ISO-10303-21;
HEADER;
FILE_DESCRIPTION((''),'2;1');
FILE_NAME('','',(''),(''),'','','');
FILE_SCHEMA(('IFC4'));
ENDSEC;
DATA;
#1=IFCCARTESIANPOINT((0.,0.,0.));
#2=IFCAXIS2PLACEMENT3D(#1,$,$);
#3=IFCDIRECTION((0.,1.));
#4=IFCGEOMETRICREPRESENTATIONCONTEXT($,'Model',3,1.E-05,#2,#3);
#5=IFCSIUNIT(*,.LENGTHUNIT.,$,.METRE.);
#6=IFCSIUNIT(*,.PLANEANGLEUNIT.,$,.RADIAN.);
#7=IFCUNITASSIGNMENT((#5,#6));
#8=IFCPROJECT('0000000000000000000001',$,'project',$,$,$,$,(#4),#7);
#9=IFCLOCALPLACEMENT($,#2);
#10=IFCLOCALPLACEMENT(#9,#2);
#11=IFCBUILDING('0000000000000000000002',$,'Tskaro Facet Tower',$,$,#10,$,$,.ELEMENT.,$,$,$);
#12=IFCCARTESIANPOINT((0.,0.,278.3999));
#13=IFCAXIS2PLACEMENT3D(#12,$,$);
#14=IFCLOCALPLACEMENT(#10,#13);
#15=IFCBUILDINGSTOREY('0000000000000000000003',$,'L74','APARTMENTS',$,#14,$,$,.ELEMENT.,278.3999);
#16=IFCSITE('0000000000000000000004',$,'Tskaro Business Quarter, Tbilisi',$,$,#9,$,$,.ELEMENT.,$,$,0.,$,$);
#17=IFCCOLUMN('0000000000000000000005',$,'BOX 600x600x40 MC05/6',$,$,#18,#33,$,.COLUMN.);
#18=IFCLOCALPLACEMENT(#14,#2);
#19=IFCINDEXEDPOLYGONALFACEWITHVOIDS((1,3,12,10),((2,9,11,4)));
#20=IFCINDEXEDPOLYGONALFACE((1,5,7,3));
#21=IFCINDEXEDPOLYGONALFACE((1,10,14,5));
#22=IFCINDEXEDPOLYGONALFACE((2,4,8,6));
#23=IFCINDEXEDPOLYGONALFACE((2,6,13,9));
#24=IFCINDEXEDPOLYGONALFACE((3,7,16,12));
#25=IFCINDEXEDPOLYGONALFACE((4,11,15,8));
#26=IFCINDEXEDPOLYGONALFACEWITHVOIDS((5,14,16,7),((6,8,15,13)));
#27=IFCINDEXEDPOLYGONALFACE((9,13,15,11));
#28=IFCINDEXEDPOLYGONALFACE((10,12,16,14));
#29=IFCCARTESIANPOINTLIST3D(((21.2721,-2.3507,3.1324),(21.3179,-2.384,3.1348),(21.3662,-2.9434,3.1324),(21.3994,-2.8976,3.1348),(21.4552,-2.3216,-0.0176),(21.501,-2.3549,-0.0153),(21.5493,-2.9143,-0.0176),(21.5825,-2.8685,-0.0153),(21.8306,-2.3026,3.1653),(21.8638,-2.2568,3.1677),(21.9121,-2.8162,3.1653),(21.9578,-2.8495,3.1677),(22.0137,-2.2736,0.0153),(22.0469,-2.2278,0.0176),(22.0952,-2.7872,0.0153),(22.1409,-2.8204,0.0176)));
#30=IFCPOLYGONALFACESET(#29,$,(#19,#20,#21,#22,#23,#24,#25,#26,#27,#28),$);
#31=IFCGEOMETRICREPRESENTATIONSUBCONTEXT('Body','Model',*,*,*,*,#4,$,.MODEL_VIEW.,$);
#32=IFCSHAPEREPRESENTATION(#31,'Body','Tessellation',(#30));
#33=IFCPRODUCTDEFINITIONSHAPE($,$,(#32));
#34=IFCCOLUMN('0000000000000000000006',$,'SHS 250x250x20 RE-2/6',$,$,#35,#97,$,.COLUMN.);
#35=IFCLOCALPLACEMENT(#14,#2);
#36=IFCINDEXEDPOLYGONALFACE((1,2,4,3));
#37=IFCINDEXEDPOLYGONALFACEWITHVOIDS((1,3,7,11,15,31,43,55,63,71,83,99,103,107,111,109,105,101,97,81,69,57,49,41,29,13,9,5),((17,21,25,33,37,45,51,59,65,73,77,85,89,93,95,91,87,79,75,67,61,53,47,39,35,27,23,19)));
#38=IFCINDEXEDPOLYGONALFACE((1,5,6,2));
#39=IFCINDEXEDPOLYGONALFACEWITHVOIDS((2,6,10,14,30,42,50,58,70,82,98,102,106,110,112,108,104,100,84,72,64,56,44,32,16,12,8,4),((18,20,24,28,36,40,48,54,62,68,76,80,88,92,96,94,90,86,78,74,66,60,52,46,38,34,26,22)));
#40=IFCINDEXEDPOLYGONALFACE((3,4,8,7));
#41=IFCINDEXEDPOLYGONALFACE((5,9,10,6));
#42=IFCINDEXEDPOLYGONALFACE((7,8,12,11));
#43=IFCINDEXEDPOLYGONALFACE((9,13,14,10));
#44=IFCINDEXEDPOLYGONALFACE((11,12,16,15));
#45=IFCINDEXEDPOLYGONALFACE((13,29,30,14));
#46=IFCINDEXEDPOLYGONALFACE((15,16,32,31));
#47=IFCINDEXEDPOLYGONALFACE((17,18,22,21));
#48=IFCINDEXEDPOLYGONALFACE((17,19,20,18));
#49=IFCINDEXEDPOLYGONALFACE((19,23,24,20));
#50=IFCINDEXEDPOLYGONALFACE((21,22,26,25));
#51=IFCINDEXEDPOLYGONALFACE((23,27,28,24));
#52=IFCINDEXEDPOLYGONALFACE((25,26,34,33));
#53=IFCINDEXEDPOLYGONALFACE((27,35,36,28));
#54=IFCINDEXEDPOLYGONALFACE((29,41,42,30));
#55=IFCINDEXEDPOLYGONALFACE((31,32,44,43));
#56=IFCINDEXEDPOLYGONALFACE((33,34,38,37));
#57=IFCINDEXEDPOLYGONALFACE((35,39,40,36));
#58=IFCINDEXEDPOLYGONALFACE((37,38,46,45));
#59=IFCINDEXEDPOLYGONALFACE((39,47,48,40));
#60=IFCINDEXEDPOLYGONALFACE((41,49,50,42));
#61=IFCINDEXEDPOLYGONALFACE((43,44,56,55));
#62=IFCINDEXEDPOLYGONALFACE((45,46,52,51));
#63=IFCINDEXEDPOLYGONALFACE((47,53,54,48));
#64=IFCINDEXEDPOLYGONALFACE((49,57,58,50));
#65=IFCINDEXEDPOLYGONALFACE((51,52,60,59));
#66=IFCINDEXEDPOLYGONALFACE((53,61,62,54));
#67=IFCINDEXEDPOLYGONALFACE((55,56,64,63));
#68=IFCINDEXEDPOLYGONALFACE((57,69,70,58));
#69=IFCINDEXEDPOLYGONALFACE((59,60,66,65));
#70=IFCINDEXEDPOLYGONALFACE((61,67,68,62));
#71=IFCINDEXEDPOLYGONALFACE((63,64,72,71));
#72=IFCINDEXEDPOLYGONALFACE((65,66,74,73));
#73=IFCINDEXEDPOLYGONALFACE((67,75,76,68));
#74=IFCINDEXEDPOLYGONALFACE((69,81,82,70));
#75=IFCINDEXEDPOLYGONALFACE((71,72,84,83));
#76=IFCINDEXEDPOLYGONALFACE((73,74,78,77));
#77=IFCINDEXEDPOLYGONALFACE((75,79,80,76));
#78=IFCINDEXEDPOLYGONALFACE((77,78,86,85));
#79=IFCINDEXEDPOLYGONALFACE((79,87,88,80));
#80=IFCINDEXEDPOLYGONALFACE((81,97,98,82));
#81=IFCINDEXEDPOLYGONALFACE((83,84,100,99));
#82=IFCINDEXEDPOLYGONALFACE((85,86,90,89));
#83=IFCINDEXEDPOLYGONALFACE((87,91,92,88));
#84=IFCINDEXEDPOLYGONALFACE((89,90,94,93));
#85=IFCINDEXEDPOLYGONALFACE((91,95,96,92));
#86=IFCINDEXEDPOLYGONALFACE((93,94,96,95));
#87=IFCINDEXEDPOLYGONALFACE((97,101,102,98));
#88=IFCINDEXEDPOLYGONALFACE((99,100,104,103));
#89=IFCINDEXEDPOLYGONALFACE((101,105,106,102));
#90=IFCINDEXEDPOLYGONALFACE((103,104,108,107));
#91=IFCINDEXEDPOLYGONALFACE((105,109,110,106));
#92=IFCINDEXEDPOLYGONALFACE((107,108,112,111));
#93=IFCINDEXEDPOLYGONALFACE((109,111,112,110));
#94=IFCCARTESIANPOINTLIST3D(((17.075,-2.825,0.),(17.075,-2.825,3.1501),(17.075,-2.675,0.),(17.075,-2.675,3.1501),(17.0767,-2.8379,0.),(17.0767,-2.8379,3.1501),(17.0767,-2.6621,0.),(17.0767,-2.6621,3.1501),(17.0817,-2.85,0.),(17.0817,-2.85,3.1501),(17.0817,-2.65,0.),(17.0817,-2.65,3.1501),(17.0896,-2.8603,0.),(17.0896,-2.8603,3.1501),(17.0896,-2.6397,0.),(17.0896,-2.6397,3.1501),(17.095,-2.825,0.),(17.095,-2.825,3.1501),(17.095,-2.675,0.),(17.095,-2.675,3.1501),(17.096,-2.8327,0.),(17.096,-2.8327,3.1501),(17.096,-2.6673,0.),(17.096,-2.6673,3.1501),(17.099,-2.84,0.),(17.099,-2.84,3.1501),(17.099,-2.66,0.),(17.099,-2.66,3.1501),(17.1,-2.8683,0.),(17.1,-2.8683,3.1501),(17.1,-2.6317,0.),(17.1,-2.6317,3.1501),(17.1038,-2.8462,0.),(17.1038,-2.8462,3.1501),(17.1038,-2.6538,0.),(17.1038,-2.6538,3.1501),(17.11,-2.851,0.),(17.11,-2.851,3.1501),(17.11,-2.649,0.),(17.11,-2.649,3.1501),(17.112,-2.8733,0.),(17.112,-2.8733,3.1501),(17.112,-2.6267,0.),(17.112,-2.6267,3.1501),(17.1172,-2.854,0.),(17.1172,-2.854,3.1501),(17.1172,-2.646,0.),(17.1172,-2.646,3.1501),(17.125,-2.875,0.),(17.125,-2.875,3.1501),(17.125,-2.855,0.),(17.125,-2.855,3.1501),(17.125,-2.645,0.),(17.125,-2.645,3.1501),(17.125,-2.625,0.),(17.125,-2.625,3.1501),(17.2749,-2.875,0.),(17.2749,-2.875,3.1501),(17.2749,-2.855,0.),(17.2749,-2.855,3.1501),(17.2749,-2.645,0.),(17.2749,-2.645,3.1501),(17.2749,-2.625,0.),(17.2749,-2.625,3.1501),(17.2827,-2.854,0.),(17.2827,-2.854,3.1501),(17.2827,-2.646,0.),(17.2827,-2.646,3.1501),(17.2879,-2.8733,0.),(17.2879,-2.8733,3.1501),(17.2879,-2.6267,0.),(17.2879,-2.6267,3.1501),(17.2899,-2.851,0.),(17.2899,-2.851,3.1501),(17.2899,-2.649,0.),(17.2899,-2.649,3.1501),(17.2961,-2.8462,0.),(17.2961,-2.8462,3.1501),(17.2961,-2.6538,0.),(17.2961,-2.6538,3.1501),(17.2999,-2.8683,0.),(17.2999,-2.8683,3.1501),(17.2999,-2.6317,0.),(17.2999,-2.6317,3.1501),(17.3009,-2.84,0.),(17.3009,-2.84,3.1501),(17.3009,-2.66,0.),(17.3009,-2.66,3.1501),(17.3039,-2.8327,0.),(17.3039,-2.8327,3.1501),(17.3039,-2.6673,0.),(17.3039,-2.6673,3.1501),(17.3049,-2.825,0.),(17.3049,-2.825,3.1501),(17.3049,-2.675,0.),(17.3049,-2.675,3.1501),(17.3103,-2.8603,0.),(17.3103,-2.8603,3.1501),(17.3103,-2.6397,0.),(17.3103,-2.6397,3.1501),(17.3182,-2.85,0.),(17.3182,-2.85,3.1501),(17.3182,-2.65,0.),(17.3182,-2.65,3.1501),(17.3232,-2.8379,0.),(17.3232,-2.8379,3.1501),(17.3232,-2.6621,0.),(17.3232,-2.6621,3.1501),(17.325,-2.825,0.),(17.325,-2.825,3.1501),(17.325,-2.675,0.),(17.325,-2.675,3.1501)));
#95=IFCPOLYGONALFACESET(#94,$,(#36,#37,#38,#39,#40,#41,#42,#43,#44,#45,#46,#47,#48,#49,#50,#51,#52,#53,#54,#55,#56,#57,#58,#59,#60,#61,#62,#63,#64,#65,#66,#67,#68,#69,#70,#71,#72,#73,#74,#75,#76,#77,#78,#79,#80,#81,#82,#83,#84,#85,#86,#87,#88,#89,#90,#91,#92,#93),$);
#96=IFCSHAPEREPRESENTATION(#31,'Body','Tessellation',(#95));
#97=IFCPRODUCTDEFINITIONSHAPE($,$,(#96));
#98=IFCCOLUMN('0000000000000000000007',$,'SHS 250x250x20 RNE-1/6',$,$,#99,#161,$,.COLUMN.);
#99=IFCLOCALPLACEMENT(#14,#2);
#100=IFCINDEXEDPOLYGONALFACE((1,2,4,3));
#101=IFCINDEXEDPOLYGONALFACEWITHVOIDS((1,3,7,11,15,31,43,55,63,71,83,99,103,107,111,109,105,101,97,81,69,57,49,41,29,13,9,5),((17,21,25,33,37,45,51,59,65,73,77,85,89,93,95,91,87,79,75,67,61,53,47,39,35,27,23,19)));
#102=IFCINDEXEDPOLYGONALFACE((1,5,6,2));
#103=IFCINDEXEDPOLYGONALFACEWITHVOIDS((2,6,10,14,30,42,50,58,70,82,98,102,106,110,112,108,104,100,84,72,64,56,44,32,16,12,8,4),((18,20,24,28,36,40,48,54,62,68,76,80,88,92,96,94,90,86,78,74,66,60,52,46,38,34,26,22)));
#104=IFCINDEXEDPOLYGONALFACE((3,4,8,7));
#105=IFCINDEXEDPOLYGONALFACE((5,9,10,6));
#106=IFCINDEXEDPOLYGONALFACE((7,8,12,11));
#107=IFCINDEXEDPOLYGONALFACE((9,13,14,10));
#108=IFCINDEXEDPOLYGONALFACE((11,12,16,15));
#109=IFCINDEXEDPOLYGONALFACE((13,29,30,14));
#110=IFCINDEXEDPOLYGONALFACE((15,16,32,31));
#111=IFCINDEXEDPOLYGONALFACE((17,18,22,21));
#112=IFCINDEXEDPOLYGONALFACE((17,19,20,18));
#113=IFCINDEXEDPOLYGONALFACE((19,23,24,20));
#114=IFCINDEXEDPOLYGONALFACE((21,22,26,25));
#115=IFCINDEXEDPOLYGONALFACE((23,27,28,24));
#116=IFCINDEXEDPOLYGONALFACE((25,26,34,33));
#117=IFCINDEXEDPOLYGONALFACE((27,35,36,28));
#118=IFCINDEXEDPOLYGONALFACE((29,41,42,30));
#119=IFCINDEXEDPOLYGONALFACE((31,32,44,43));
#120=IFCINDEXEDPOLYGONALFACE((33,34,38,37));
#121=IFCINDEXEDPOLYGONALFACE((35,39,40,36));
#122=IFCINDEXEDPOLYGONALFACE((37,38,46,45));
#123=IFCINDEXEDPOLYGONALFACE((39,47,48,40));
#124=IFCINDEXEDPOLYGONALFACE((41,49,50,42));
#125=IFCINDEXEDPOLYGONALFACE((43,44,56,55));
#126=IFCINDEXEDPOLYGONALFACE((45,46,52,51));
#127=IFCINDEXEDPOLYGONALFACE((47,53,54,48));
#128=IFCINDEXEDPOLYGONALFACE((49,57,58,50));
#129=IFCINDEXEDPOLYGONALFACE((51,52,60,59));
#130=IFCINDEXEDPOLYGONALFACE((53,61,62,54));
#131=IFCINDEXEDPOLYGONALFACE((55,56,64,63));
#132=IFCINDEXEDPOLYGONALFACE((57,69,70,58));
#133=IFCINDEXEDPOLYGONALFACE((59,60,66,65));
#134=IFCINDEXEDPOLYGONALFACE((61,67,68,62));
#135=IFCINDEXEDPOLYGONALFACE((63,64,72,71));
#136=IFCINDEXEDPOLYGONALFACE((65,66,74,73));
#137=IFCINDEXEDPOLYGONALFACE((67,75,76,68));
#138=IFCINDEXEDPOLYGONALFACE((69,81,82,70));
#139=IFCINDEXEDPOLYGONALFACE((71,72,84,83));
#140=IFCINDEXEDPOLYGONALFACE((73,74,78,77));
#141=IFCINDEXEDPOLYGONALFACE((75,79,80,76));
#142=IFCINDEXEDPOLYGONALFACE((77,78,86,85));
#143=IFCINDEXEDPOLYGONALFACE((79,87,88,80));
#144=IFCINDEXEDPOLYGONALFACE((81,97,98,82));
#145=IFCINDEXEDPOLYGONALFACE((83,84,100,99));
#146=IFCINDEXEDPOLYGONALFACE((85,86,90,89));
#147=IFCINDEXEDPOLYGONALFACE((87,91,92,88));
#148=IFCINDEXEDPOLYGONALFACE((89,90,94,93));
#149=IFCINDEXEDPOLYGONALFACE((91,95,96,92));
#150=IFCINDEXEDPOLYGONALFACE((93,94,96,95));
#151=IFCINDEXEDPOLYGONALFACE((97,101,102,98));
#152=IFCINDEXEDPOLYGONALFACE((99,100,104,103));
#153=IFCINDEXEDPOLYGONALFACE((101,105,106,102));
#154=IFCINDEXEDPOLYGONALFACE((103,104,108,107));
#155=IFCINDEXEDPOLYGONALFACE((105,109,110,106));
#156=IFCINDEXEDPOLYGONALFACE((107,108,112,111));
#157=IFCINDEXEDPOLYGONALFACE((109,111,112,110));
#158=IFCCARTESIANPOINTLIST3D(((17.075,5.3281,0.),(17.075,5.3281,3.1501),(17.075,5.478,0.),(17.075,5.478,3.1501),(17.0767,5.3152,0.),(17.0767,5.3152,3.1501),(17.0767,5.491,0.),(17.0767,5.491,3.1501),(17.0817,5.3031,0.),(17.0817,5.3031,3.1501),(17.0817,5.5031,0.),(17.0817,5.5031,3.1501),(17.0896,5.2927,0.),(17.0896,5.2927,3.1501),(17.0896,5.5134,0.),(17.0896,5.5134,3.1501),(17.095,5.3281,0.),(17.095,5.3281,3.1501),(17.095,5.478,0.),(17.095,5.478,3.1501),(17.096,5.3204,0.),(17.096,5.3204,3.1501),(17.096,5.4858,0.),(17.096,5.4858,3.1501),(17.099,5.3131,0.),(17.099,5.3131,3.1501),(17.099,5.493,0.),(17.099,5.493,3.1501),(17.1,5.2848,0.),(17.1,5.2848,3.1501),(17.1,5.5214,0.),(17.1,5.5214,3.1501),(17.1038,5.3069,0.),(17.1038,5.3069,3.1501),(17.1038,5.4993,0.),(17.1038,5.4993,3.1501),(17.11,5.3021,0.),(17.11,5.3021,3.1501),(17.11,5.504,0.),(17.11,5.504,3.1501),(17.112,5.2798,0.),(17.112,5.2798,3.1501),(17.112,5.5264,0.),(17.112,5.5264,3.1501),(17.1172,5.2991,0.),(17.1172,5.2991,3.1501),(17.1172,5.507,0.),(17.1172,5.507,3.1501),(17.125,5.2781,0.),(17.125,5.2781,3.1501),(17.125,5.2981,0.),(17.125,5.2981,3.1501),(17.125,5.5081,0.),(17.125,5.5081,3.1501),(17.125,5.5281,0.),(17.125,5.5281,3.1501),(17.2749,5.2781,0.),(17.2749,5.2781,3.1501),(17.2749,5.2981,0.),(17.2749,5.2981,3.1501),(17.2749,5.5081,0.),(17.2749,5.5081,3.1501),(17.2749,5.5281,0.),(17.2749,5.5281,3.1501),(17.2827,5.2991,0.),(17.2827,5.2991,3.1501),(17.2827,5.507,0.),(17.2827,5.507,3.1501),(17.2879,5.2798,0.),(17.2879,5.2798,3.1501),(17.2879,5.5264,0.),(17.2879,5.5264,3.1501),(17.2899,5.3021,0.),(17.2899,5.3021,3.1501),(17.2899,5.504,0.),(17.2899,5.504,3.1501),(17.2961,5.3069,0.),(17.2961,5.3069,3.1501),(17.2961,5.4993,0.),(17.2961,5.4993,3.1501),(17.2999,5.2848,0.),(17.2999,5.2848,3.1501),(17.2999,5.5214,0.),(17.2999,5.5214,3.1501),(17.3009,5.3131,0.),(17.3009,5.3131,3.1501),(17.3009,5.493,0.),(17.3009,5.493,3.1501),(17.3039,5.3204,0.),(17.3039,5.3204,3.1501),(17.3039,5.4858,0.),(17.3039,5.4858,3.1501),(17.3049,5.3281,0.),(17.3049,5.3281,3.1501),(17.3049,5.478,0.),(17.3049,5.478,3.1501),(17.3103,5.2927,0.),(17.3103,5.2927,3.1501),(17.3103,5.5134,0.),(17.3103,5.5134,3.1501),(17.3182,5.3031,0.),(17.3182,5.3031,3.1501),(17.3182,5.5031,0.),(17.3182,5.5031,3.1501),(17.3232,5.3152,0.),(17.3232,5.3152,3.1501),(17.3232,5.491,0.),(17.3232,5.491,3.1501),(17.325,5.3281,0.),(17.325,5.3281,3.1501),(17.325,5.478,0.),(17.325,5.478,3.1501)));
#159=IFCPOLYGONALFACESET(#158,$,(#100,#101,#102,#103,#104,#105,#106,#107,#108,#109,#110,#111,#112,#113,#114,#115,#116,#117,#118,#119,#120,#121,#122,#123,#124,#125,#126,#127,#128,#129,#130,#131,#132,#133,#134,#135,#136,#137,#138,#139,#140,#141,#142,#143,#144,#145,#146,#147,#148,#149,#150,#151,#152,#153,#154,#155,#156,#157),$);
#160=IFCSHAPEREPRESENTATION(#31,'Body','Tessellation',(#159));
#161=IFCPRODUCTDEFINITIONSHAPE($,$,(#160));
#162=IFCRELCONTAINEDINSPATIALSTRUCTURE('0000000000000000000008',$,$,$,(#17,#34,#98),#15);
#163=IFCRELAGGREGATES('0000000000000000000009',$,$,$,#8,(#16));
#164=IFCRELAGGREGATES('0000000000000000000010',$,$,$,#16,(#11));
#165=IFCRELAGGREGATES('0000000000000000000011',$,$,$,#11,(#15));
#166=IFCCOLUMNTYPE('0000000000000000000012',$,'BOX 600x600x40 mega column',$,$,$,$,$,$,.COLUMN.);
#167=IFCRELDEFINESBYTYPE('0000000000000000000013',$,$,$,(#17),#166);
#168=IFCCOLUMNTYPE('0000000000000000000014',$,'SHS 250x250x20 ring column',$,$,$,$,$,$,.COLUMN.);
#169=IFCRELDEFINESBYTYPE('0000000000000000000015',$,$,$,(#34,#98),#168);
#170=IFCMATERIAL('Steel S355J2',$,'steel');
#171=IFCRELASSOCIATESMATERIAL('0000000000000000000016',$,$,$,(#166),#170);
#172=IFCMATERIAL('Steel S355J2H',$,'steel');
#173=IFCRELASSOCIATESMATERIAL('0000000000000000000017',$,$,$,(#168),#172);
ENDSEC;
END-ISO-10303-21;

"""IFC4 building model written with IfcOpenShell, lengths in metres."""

from ifc_helpers import new_model, si_unit, direction, frame, origin, origin_2d, place, context, subcontext, project, spatial, hollow_rectangle, extrude, material, material_profile, profile_set, type_object, element, save


model = new_model("IFC4")

# Units and contexts
model_context = context("Model", 3, precision=1e-05, world=origin(), true_north=direction((0.0, 1.0)))
body_context = subcontext(model_context, "Body", "Model", "MODEL_VIEW")
ifc_project = project(units=[si_unit("LENGTHUNIT", "METRE"), si_unit("PLANEANGLEUNIT", "RADIAN")], contexts=[model_context])

# Site, building, storey
site_placement = place(None, origin())
site = spatial("IfcSite", under=ifc_project, at=site_placement, Name="Tskaro Business Quarter, Tbilisi", CompositionType="ELEMENT", RefElevation=0.0)
building_placement = place(site_placement, origin())
building = spatial("IfcBuilding", under=site, at=building_placement, Name="Tskaro Facet Tower", CompositionType="ELEMENT")
storey_placement = place(building_placement, frame((0.0, 0.0, 278.3999)))
storey = spatial("IfcBuildingStorey", under=building, at=storey_placement, Name="L74", Description="APARTMENTS", CompositionType="ELEMENT", Elevation=278.3999)

# Columns
ifc_material_1 = material(Name="Steel S355J2", Category="steel")
ifc_material_profile_1 = material_profile(ifc_material_1, hollow_rectangle(XDim=0.6001, YDim=0.6001, WallThickness=0.04, at=origin_2d()), Name="BOX 600x600x40")
ifc_profile_set_1 = profile_set([ifc_material_profile_1], Name="Steel S355J2")
column_type_1 = type_object("IfcColumnType", Name="BOX 600x600x40 mega column", PredefinedType="COLUMN", material=ifc_profile_set_1)
column_placement = place(storey_placement, frame((21.7981, -2.571, 0.0), z_axis=(-0.058026, -0.009207, 0.998273), x_axis=(0.156706, -0.987645, 0.0)))
element("IfcColumn", 1, at=column_placement, inside=storey, type_object=column_type_1, Name="BOX 600x600x40 MC05/6", PredefinedType="COLUMN", context=body_context, shape_type="SweptSolid", body=[
    extrude(hollow_rectangle(XDim=0.6001, YDim=0.6001, WallThickness=0.04, at=origin_2d()), origin(), (0.0, 0.0, 1.0), 3.1555),
])
ifc_material_2 = material(Name="Steel S355J2H", Category="steel")
ifc_material_profile_2 = material_profile(ifc_material_2, hollow_rectangle(XDim=0.25, YDim=0.25, WallThickness=0.02, InnerFilletRadius=0.03, OuterFilletRadius=0.05, at=origin_2d()), Name="SHS 250x250x20")
ifc_profile_set_2 = profile_set([ifc_material_profile_2], Name="Steel S355J2H")
column_type_2 = type_object("IfcColumnType", Name="SHS 250x250x20 ring column", PredefinedType="COLUMN", material=ifc_profile_set_2)
for number, where, z_axis, x_axis, name in (
    (2, (17.2, -2.75, 0.0), (0.0, 0.0, 1.0), (1.0, 0.0, 0.0), "SHS 250x250x20 RE-2/6"),
    (3, (17.2, 5.4031, 0.0), (0.0, 0.0, 1.0), (1.0, 0.0, 0.0), "SHS 250x250x20 RNE-1/6"),
):
    element("IfcColumn", number, at=place(storey_placement, frame(where, z_axis=z_axis, x_axis=x_axis)), inside=storey, type_object=column_type_2, Name=name, PredefinedType="COLUMN", context=body_context, shape_type="SweptSolid", body=[
        extrude(hollow_rectangle(XDim=0.25, YDim=0.25, WallThickness=0.02, InnerFilletRadius=0.03, OuterFilletRadius=0.05, at=origin_2d()), origin(), (0.0, 0.0, 1.0), 3.1501),
    ])

save(model, "model.ifc")
